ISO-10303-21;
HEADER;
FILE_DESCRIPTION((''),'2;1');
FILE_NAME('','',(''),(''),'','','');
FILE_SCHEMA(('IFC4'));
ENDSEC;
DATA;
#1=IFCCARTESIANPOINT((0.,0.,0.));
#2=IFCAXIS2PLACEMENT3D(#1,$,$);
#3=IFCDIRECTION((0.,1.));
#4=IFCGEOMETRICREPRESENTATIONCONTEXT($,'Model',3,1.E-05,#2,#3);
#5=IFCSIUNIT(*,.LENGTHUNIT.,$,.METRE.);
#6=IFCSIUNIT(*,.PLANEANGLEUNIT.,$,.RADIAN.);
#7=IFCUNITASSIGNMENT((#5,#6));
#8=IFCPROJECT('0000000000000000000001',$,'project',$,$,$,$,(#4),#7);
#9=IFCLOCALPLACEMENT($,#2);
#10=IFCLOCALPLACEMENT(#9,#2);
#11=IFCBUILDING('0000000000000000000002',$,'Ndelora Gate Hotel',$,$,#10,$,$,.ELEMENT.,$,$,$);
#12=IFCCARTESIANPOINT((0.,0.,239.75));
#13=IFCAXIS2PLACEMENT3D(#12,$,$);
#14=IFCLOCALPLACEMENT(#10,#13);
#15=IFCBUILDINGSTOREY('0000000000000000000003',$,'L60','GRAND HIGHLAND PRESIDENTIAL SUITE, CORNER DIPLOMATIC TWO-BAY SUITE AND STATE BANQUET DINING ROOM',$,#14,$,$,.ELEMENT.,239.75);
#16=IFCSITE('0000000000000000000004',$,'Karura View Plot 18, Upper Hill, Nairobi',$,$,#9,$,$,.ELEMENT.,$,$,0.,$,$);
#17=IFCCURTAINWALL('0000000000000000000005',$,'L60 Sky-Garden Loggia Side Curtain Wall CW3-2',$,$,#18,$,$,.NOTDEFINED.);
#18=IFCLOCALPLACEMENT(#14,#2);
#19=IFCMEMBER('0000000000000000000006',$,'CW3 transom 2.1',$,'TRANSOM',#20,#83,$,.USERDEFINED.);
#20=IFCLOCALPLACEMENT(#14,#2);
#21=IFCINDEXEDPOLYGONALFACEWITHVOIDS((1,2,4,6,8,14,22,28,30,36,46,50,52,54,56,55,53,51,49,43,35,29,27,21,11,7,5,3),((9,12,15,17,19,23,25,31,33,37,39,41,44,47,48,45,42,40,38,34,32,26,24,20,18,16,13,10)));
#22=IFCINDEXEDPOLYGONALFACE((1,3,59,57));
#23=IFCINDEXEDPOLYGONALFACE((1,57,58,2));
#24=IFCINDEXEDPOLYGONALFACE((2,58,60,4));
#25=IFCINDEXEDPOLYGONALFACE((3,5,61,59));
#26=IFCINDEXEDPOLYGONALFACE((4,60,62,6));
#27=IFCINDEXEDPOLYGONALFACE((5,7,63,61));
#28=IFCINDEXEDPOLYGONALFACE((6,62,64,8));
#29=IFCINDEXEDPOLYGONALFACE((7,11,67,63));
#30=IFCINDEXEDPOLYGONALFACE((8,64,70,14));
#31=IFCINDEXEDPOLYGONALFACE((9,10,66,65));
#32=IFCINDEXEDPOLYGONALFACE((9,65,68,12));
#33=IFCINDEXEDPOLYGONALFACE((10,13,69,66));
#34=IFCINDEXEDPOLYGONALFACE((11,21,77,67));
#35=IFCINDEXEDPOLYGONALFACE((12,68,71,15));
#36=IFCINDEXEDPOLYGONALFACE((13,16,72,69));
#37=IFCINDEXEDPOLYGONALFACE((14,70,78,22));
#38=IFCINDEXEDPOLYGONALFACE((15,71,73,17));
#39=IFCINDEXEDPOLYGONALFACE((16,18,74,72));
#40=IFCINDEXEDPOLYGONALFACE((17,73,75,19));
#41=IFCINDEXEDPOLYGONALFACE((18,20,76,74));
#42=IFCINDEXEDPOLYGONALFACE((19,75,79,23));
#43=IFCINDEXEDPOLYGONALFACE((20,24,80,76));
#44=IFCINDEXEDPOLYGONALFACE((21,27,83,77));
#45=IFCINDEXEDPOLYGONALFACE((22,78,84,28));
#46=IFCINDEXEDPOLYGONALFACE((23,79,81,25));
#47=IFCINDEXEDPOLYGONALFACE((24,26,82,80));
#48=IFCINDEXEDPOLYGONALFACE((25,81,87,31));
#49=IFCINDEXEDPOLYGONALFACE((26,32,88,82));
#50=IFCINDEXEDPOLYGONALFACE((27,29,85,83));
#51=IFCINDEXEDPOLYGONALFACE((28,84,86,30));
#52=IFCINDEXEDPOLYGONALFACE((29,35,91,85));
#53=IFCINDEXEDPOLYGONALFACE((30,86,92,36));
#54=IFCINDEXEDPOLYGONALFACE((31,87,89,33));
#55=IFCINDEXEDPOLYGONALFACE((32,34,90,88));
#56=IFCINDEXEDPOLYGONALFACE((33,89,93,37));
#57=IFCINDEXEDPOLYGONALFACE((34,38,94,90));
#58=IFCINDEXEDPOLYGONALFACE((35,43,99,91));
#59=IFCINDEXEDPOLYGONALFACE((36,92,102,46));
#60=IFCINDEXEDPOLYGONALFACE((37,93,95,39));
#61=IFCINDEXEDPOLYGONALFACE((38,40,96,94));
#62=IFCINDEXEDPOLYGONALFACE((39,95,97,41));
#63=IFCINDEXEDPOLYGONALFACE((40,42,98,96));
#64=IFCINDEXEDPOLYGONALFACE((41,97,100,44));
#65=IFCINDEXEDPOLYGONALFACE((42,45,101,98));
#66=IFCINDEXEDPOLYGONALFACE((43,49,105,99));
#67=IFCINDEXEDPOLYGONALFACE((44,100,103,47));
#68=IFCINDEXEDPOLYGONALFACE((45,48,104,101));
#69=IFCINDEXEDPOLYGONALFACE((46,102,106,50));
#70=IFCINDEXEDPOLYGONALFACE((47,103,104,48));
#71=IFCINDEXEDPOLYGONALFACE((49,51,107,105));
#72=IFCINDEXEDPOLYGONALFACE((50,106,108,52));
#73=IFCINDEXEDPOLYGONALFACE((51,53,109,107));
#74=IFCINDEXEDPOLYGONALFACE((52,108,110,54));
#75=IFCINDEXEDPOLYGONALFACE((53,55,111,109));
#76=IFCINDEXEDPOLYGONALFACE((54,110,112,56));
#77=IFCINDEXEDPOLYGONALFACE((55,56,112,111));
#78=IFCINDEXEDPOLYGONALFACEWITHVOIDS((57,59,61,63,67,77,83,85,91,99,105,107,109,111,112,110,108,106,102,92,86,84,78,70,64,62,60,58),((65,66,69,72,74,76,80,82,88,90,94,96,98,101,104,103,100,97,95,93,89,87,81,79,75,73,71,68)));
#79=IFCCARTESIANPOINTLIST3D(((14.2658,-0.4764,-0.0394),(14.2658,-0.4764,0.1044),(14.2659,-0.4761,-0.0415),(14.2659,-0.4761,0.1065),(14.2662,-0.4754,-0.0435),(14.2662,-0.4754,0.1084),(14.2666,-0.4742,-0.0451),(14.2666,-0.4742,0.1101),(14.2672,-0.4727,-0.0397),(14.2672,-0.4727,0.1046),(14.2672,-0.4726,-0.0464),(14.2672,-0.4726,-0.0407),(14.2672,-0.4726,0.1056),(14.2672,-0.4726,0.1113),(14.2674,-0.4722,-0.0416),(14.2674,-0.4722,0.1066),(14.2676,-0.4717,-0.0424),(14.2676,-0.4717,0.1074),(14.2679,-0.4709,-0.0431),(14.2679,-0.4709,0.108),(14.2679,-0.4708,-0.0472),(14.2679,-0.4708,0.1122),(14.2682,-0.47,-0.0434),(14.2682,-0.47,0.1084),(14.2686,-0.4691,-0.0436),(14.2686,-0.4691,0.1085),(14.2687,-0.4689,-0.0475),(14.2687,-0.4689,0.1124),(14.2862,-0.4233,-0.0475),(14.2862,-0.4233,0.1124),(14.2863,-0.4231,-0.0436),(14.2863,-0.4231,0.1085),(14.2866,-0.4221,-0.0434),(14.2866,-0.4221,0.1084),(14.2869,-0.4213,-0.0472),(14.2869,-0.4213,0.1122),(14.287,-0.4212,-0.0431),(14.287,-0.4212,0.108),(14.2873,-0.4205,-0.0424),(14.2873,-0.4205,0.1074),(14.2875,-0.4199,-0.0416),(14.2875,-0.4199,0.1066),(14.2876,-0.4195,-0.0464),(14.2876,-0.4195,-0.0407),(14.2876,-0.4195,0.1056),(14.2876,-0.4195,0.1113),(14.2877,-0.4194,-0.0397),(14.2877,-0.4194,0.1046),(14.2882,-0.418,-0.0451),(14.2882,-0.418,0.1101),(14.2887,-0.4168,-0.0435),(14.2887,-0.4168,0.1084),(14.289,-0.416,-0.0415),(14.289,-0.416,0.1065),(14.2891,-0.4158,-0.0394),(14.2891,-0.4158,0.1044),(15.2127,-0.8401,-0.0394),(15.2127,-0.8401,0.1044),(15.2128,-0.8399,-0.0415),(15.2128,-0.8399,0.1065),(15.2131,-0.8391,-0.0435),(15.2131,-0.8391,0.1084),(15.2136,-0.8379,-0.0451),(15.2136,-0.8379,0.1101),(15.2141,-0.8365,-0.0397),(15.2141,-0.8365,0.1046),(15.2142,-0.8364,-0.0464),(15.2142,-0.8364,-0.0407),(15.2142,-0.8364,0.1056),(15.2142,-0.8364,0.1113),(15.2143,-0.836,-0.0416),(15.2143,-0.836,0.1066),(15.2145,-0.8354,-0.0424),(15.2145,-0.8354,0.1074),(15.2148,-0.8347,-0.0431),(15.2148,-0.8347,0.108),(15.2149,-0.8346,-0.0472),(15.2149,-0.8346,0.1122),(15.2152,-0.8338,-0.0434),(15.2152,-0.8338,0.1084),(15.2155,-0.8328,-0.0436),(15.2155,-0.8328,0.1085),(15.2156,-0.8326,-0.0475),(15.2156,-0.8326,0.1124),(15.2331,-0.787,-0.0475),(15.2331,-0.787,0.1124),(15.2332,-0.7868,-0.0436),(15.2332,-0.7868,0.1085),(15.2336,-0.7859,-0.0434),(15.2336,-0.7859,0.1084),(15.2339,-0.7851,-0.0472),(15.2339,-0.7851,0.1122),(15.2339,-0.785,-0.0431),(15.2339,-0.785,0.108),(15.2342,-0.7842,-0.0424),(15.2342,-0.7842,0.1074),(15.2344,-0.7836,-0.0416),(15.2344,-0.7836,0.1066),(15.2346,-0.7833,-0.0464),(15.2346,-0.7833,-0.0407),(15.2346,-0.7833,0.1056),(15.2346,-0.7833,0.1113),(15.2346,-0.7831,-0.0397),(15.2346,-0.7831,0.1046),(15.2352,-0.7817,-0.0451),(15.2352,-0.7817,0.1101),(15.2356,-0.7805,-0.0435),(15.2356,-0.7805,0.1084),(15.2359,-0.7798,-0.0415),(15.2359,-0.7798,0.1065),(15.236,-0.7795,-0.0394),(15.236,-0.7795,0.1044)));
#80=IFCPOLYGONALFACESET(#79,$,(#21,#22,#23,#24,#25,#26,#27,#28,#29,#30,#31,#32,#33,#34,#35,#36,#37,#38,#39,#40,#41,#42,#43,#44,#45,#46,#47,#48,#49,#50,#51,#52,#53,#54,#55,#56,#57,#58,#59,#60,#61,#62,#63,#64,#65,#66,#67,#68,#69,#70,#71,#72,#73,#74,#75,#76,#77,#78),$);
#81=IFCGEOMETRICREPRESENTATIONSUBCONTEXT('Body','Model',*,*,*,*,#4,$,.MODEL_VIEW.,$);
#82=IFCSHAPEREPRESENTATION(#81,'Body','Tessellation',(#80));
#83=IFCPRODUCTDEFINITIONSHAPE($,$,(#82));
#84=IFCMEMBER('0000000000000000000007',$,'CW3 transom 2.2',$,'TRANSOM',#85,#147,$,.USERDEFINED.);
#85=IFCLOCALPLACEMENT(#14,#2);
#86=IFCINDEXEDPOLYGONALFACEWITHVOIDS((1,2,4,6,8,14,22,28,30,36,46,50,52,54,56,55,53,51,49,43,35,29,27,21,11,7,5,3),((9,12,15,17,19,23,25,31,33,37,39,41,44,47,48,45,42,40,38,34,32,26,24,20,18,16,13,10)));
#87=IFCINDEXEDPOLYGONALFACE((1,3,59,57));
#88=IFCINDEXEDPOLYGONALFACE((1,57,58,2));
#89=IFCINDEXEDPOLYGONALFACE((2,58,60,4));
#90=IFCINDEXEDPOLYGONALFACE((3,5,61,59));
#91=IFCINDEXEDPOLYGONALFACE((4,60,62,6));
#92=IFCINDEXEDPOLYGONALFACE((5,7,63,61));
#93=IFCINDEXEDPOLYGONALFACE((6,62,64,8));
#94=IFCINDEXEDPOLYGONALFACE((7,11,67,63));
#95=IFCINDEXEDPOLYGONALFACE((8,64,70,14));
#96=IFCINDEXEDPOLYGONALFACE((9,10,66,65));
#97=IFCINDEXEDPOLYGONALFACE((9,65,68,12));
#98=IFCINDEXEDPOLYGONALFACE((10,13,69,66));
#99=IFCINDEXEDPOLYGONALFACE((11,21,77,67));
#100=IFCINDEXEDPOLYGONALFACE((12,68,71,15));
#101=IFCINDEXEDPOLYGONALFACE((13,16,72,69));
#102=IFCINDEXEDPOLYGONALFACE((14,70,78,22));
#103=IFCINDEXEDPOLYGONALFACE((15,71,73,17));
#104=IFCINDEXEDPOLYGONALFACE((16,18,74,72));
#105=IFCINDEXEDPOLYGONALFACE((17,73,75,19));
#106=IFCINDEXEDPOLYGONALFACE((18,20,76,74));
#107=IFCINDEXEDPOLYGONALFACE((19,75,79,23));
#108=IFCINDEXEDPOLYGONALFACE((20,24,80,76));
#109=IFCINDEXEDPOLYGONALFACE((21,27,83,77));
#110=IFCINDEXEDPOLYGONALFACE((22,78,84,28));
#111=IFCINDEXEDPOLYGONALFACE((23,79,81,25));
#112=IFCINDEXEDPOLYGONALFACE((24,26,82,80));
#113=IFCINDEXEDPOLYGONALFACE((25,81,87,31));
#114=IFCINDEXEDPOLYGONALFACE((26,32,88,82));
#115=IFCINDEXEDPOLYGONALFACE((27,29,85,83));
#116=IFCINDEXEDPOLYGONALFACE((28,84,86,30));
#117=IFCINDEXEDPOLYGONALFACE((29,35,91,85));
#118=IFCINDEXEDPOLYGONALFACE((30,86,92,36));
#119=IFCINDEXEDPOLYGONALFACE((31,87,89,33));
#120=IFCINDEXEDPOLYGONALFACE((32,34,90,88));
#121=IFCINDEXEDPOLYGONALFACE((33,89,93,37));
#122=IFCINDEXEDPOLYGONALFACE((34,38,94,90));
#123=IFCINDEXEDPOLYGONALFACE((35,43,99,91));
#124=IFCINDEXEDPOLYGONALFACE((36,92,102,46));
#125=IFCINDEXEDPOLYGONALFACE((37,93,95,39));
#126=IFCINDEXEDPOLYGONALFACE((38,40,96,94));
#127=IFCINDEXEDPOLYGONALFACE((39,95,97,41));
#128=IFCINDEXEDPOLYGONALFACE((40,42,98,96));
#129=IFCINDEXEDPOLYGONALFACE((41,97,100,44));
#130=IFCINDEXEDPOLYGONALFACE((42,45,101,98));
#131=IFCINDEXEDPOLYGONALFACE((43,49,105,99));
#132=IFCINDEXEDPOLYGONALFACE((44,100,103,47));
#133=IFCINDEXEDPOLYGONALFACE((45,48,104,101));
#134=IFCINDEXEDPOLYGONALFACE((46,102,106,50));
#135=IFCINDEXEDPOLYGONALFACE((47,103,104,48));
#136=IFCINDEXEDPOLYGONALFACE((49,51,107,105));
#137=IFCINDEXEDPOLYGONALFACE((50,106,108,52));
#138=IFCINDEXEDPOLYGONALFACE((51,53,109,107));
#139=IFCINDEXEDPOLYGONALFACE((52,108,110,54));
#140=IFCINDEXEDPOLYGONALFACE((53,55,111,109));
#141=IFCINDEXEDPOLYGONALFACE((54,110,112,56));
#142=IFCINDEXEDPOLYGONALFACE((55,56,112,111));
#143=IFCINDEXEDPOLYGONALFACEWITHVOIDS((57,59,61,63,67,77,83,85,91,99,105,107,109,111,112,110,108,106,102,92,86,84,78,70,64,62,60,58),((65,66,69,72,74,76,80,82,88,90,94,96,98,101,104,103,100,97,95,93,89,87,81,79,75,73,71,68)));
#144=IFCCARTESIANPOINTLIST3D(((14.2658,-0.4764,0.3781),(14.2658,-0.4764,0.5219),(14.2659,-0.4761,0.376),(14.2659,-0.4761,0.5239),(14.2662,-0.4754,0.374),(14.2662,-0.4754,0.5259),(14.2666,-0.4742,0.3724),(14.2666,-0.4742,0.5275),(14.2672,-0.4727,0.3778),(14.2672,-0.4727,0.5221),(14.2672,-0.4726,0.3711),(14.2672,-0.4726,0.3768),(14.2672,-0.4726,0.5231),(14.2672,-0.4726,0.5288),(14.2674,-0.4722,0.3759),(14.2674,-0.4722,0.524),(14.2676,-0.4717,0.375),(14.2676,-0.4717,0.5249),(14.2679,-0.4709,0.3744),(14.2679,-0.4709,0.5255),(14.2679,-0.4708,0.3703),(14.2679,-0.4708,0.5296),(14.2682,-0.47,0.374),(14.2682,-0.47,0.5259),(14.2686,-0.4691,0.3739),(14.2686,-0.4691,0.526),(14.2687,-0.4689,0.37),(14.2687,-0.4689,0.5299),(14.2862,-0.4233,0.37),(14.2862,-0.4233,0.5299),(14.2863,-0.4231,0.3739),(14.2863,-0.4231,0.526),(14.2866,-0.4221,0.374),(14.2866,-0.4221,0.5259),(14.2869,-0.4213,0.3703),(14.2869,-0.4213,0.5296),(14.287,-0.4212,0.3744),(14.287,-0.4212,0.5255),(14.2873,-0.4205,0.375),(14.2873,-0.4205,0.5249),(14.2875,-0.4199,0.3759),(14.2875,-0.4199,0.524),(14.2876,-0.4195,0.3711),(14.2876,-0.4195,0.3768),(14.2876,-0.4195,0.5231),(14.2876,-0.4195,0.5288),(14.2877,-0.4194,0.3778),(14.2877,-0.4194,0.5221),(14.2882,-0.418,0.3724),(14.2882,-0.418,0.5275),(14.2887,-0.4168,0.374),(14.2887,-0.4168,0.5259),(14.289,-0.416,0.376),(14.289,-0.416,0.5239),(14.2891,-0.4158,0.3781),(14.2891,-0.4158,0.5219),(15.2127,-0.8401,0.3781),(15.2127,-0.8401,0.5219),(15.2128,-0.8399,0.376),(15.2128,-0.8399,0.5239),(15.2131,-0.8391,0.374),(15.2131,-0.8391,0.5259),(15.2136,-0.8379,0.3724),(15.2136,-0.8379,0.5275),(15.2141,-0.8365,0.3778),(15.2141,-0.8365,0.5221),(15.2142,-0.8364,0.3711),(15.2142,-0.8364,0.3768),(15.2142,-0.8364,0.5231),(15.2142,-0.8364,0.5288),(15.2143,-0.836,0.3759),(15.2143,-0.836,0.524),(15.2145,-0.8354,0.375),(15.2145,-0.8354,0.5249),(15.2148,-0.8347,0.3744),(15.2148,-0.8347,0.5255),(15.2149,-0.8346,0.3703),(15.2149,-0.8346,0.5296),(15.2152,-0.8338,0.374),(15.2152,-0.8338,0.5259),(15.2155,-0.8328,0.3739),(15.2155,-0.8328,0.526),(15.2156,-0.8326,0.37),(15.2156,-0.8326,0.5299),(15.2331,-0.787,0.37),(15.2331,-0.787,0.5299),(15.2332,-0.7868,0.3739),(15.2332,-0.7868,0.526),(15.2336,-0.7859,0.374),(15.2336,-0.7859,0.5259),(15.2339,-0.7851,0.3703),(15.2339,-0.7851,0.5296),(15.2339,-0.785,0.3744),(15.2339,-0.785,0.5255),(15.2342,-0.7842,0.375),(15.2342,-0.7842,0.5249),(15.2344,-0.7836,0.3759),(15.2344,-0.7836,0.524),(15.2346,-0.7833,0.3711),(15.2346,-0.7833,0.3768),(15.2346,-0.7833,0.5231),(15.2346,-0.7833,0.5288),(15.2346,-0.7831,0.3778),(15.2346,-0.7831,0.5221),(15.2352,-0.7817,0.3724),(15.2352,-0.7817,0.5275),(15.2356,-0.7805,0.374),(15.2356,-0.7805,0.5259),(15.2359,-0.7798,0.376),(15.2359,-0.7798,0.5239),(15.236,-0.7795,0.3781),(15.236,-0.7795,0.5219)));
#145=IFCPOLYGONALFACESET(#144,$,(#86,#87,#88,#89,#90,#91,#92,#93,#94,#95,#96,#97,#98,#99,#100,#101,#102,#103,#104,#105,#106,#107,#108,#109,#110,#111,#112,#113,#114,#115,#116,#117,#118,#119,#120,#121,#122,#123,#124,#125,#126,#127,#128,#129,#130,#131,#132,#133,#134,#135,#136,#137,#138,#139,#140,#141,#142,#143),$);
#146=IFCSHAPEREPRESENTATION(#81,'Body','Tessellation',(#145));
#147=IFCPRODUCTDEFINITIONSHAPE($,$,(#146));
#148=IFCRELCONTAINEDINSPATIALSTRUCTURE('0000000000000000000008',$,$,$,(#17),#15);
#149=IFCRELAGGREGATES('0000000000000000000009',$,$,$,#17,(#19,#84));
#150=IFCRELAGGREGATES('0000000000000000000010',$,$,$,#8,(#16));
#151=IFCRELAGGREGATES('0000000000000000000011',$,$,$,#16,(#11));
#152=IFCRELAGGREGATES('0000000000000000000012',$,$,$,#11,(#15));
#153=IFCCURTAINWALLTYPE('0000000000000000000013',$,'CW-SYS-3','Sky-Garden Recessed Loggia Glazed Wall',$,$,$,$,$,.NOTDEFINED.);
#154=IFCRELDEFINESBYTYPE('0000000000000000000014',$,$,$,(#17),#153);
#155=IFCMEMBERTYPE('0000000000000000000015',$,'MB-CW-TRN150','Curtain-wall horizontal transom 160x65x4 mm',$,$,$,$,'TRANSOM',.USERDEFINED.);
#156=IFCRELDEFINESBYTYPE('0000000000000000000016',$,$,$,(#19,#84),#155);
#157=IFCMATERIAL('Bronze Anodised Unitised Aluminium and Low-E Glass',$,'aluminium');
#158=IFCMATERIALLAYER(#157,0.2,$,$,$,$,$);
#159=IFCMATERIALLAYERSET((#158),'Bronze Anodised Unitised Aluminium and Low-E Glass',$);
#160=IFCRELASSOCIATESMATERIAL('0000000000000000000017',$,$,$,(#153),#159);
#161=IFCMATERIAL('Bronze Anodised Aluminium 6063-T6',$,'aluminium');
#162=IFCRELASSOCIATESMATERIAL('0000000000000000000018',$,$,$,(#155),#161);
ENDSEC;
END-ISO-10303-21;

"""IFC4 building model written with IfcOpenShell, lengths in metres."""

from ifc_helpers import new_model, si_unit, direction, frame, origin, origin_2d, place, context, subcontext, project, spatial, hollow_rectangle, extrude, material, layer, layer_set, material_profile, profile_set, type_object, element, aggregate, save


model = new_model("IFC4")

# Units and contexts
model_context = context("Model", 3, precision=1e-05, world=origin(), true_north=direction((0.0, 1.0)))
body_context = subcontext(model_context, "Body", "Model", "MODEL_VIEW")
ifc_project = project(units=[si_unit("LENGTHUNIT", "METRE"), si_unit("PLANEANGLEUNIT", "RADIAN")], contexts=[model_context])

# Site, building, storey
site_placement = place(None, origin())
site = spatial("IfcSite", under=ifc_project, at=site_placement, Name="Karura View Plot 18, Upper Hill, Nairobi", CompositionType="ELEMENT", RefElevation=0.0)
building_placement = place(site_placement, origin())
building = spatial("IfcBuilding", under=site, at=building_placement, Name="Ndelora Gate Hotel", CompositionType="ELEMENT")
storey_placement = place(building_placement, frame((0.0, 0.0, 239.75)))
storey = spatial("IfcBuildingStorey", under=building, at=storey_placement, Name="L60", Description="GRAND HIGHLAND PRESIDENTIAL SUITE, CORNER DIPLOMATIC TWO-BAY SUITE AND STATE BANQUET DINING ROOM", CompositionType="ELEMENT", Elevation=239.75)

# Curtain wall, members
ifc_material_1 = material(Name="Bronze Anodised Unitised Aluminium and Low-E Glass", Category="aluminium")
ifc_layer_1 = layer(ifc_material_1, 0.2)
ifc_layer_set_1 = layer_set([ifc_layer_1], Name="Bronze Anodised Unitised Aluminium and Low-E Glass")
curtain_wall_type = type_object("IfcCurtainWallType", Name="CW-SYS-3", Description="Sky-Garden Recessed Loggia Glazed Wall", PredefinedType="NOTDEFINED", material=ifc_layer_set_1)
curtain_wall_placement = place(storey_placement, origin())
curtain_wall = element("IfcCurtainWall", 1, at=curtain_wall_placement, inside=storey, type_object=curtain_wall_type, Name="L60 Sky-Garden Loggia Side Curtain Wall CW3-2", PredefinedType="NOTDEFINED")
ifc_material_2 = material(Name="Bronze Anodised Aluminium 6063-T6", Category="aluminium")
ifc_material_profile_1 = material_profile(ifc_material_2, hollow_rectangle(XDim=0.0649, YDim=0.1599, WallThickness=0.0039, InnerFilletRadius=0.0039, OuterFilletRadius=0.0081, at=origin_2d()), Name="ALU 160x65x4")
ifc_profile_set_1 = profile_set([ifc_material_profile_1], Name="Bronze Anodised Aluminium 6063-T6")
member_type_1 = type_object("IfcMemberType", Name="MB-CW-TRN150", Description="Curtain-wall horizontal transom 160x65x4 mm", ElementType="TRANSOM", PredefinedType="USERDEFINED", material=ifc_profile_set_1)
member_1_placement = place(storey_placement, frame((15.2244, -0.8098, 0.0325), z_axis=(-0.933501, 0.358576, 0.0), x_axis=(-0.358576, -0.933501, 0.0)))
member_1 = element("IfcMember", 2, at=member_1_placement, type_object=member_type_1, Name="CW3 transom 2.1", ObjectType="TRANSOM", PredefinedType="USERDEFINED", context=body_context, shape_type="SweptSolid", body=[
    extrude(hollow_rectangle(XDim=0.0649, YDim=0.1599, WallThickness=0.0039, InnerFilletRadius=0.0039, OuterFilletRadius=0.0081, at=origin_2d()), origin(), (0.0, 0.0, 1.0), 1.0144),
])
member_2_placement = place(storey_placement, frame((15.2244, -0.8098, 0.45), z_axis=(-0.933501, 0.358576, 0.0), x_axis=(-0.358576, -0.933501, 0.0)))
member_2 = element("IfcMember", 3, at=member_2_placement, type_object=member_type_1, Name="CW3 transom 2.2", ObjectType="TRANSOM", PredefinedType="USERDEFINED", context=body_context, shape_type="SweptSolid", body=[
    extrude(hollow_rectangle(XDim=0.0649, YDim=0.1599, WallThickness=0.0039, InnerFilletRadius=0.0039, OuterFilletRadius=0.0081, at=origin_2d()), origin(), (0.0, 0.0, 1.0), 1.0144),
])
aggregate(curtain_wall, [member_1, member_2])

save(model, "model.ifc")
